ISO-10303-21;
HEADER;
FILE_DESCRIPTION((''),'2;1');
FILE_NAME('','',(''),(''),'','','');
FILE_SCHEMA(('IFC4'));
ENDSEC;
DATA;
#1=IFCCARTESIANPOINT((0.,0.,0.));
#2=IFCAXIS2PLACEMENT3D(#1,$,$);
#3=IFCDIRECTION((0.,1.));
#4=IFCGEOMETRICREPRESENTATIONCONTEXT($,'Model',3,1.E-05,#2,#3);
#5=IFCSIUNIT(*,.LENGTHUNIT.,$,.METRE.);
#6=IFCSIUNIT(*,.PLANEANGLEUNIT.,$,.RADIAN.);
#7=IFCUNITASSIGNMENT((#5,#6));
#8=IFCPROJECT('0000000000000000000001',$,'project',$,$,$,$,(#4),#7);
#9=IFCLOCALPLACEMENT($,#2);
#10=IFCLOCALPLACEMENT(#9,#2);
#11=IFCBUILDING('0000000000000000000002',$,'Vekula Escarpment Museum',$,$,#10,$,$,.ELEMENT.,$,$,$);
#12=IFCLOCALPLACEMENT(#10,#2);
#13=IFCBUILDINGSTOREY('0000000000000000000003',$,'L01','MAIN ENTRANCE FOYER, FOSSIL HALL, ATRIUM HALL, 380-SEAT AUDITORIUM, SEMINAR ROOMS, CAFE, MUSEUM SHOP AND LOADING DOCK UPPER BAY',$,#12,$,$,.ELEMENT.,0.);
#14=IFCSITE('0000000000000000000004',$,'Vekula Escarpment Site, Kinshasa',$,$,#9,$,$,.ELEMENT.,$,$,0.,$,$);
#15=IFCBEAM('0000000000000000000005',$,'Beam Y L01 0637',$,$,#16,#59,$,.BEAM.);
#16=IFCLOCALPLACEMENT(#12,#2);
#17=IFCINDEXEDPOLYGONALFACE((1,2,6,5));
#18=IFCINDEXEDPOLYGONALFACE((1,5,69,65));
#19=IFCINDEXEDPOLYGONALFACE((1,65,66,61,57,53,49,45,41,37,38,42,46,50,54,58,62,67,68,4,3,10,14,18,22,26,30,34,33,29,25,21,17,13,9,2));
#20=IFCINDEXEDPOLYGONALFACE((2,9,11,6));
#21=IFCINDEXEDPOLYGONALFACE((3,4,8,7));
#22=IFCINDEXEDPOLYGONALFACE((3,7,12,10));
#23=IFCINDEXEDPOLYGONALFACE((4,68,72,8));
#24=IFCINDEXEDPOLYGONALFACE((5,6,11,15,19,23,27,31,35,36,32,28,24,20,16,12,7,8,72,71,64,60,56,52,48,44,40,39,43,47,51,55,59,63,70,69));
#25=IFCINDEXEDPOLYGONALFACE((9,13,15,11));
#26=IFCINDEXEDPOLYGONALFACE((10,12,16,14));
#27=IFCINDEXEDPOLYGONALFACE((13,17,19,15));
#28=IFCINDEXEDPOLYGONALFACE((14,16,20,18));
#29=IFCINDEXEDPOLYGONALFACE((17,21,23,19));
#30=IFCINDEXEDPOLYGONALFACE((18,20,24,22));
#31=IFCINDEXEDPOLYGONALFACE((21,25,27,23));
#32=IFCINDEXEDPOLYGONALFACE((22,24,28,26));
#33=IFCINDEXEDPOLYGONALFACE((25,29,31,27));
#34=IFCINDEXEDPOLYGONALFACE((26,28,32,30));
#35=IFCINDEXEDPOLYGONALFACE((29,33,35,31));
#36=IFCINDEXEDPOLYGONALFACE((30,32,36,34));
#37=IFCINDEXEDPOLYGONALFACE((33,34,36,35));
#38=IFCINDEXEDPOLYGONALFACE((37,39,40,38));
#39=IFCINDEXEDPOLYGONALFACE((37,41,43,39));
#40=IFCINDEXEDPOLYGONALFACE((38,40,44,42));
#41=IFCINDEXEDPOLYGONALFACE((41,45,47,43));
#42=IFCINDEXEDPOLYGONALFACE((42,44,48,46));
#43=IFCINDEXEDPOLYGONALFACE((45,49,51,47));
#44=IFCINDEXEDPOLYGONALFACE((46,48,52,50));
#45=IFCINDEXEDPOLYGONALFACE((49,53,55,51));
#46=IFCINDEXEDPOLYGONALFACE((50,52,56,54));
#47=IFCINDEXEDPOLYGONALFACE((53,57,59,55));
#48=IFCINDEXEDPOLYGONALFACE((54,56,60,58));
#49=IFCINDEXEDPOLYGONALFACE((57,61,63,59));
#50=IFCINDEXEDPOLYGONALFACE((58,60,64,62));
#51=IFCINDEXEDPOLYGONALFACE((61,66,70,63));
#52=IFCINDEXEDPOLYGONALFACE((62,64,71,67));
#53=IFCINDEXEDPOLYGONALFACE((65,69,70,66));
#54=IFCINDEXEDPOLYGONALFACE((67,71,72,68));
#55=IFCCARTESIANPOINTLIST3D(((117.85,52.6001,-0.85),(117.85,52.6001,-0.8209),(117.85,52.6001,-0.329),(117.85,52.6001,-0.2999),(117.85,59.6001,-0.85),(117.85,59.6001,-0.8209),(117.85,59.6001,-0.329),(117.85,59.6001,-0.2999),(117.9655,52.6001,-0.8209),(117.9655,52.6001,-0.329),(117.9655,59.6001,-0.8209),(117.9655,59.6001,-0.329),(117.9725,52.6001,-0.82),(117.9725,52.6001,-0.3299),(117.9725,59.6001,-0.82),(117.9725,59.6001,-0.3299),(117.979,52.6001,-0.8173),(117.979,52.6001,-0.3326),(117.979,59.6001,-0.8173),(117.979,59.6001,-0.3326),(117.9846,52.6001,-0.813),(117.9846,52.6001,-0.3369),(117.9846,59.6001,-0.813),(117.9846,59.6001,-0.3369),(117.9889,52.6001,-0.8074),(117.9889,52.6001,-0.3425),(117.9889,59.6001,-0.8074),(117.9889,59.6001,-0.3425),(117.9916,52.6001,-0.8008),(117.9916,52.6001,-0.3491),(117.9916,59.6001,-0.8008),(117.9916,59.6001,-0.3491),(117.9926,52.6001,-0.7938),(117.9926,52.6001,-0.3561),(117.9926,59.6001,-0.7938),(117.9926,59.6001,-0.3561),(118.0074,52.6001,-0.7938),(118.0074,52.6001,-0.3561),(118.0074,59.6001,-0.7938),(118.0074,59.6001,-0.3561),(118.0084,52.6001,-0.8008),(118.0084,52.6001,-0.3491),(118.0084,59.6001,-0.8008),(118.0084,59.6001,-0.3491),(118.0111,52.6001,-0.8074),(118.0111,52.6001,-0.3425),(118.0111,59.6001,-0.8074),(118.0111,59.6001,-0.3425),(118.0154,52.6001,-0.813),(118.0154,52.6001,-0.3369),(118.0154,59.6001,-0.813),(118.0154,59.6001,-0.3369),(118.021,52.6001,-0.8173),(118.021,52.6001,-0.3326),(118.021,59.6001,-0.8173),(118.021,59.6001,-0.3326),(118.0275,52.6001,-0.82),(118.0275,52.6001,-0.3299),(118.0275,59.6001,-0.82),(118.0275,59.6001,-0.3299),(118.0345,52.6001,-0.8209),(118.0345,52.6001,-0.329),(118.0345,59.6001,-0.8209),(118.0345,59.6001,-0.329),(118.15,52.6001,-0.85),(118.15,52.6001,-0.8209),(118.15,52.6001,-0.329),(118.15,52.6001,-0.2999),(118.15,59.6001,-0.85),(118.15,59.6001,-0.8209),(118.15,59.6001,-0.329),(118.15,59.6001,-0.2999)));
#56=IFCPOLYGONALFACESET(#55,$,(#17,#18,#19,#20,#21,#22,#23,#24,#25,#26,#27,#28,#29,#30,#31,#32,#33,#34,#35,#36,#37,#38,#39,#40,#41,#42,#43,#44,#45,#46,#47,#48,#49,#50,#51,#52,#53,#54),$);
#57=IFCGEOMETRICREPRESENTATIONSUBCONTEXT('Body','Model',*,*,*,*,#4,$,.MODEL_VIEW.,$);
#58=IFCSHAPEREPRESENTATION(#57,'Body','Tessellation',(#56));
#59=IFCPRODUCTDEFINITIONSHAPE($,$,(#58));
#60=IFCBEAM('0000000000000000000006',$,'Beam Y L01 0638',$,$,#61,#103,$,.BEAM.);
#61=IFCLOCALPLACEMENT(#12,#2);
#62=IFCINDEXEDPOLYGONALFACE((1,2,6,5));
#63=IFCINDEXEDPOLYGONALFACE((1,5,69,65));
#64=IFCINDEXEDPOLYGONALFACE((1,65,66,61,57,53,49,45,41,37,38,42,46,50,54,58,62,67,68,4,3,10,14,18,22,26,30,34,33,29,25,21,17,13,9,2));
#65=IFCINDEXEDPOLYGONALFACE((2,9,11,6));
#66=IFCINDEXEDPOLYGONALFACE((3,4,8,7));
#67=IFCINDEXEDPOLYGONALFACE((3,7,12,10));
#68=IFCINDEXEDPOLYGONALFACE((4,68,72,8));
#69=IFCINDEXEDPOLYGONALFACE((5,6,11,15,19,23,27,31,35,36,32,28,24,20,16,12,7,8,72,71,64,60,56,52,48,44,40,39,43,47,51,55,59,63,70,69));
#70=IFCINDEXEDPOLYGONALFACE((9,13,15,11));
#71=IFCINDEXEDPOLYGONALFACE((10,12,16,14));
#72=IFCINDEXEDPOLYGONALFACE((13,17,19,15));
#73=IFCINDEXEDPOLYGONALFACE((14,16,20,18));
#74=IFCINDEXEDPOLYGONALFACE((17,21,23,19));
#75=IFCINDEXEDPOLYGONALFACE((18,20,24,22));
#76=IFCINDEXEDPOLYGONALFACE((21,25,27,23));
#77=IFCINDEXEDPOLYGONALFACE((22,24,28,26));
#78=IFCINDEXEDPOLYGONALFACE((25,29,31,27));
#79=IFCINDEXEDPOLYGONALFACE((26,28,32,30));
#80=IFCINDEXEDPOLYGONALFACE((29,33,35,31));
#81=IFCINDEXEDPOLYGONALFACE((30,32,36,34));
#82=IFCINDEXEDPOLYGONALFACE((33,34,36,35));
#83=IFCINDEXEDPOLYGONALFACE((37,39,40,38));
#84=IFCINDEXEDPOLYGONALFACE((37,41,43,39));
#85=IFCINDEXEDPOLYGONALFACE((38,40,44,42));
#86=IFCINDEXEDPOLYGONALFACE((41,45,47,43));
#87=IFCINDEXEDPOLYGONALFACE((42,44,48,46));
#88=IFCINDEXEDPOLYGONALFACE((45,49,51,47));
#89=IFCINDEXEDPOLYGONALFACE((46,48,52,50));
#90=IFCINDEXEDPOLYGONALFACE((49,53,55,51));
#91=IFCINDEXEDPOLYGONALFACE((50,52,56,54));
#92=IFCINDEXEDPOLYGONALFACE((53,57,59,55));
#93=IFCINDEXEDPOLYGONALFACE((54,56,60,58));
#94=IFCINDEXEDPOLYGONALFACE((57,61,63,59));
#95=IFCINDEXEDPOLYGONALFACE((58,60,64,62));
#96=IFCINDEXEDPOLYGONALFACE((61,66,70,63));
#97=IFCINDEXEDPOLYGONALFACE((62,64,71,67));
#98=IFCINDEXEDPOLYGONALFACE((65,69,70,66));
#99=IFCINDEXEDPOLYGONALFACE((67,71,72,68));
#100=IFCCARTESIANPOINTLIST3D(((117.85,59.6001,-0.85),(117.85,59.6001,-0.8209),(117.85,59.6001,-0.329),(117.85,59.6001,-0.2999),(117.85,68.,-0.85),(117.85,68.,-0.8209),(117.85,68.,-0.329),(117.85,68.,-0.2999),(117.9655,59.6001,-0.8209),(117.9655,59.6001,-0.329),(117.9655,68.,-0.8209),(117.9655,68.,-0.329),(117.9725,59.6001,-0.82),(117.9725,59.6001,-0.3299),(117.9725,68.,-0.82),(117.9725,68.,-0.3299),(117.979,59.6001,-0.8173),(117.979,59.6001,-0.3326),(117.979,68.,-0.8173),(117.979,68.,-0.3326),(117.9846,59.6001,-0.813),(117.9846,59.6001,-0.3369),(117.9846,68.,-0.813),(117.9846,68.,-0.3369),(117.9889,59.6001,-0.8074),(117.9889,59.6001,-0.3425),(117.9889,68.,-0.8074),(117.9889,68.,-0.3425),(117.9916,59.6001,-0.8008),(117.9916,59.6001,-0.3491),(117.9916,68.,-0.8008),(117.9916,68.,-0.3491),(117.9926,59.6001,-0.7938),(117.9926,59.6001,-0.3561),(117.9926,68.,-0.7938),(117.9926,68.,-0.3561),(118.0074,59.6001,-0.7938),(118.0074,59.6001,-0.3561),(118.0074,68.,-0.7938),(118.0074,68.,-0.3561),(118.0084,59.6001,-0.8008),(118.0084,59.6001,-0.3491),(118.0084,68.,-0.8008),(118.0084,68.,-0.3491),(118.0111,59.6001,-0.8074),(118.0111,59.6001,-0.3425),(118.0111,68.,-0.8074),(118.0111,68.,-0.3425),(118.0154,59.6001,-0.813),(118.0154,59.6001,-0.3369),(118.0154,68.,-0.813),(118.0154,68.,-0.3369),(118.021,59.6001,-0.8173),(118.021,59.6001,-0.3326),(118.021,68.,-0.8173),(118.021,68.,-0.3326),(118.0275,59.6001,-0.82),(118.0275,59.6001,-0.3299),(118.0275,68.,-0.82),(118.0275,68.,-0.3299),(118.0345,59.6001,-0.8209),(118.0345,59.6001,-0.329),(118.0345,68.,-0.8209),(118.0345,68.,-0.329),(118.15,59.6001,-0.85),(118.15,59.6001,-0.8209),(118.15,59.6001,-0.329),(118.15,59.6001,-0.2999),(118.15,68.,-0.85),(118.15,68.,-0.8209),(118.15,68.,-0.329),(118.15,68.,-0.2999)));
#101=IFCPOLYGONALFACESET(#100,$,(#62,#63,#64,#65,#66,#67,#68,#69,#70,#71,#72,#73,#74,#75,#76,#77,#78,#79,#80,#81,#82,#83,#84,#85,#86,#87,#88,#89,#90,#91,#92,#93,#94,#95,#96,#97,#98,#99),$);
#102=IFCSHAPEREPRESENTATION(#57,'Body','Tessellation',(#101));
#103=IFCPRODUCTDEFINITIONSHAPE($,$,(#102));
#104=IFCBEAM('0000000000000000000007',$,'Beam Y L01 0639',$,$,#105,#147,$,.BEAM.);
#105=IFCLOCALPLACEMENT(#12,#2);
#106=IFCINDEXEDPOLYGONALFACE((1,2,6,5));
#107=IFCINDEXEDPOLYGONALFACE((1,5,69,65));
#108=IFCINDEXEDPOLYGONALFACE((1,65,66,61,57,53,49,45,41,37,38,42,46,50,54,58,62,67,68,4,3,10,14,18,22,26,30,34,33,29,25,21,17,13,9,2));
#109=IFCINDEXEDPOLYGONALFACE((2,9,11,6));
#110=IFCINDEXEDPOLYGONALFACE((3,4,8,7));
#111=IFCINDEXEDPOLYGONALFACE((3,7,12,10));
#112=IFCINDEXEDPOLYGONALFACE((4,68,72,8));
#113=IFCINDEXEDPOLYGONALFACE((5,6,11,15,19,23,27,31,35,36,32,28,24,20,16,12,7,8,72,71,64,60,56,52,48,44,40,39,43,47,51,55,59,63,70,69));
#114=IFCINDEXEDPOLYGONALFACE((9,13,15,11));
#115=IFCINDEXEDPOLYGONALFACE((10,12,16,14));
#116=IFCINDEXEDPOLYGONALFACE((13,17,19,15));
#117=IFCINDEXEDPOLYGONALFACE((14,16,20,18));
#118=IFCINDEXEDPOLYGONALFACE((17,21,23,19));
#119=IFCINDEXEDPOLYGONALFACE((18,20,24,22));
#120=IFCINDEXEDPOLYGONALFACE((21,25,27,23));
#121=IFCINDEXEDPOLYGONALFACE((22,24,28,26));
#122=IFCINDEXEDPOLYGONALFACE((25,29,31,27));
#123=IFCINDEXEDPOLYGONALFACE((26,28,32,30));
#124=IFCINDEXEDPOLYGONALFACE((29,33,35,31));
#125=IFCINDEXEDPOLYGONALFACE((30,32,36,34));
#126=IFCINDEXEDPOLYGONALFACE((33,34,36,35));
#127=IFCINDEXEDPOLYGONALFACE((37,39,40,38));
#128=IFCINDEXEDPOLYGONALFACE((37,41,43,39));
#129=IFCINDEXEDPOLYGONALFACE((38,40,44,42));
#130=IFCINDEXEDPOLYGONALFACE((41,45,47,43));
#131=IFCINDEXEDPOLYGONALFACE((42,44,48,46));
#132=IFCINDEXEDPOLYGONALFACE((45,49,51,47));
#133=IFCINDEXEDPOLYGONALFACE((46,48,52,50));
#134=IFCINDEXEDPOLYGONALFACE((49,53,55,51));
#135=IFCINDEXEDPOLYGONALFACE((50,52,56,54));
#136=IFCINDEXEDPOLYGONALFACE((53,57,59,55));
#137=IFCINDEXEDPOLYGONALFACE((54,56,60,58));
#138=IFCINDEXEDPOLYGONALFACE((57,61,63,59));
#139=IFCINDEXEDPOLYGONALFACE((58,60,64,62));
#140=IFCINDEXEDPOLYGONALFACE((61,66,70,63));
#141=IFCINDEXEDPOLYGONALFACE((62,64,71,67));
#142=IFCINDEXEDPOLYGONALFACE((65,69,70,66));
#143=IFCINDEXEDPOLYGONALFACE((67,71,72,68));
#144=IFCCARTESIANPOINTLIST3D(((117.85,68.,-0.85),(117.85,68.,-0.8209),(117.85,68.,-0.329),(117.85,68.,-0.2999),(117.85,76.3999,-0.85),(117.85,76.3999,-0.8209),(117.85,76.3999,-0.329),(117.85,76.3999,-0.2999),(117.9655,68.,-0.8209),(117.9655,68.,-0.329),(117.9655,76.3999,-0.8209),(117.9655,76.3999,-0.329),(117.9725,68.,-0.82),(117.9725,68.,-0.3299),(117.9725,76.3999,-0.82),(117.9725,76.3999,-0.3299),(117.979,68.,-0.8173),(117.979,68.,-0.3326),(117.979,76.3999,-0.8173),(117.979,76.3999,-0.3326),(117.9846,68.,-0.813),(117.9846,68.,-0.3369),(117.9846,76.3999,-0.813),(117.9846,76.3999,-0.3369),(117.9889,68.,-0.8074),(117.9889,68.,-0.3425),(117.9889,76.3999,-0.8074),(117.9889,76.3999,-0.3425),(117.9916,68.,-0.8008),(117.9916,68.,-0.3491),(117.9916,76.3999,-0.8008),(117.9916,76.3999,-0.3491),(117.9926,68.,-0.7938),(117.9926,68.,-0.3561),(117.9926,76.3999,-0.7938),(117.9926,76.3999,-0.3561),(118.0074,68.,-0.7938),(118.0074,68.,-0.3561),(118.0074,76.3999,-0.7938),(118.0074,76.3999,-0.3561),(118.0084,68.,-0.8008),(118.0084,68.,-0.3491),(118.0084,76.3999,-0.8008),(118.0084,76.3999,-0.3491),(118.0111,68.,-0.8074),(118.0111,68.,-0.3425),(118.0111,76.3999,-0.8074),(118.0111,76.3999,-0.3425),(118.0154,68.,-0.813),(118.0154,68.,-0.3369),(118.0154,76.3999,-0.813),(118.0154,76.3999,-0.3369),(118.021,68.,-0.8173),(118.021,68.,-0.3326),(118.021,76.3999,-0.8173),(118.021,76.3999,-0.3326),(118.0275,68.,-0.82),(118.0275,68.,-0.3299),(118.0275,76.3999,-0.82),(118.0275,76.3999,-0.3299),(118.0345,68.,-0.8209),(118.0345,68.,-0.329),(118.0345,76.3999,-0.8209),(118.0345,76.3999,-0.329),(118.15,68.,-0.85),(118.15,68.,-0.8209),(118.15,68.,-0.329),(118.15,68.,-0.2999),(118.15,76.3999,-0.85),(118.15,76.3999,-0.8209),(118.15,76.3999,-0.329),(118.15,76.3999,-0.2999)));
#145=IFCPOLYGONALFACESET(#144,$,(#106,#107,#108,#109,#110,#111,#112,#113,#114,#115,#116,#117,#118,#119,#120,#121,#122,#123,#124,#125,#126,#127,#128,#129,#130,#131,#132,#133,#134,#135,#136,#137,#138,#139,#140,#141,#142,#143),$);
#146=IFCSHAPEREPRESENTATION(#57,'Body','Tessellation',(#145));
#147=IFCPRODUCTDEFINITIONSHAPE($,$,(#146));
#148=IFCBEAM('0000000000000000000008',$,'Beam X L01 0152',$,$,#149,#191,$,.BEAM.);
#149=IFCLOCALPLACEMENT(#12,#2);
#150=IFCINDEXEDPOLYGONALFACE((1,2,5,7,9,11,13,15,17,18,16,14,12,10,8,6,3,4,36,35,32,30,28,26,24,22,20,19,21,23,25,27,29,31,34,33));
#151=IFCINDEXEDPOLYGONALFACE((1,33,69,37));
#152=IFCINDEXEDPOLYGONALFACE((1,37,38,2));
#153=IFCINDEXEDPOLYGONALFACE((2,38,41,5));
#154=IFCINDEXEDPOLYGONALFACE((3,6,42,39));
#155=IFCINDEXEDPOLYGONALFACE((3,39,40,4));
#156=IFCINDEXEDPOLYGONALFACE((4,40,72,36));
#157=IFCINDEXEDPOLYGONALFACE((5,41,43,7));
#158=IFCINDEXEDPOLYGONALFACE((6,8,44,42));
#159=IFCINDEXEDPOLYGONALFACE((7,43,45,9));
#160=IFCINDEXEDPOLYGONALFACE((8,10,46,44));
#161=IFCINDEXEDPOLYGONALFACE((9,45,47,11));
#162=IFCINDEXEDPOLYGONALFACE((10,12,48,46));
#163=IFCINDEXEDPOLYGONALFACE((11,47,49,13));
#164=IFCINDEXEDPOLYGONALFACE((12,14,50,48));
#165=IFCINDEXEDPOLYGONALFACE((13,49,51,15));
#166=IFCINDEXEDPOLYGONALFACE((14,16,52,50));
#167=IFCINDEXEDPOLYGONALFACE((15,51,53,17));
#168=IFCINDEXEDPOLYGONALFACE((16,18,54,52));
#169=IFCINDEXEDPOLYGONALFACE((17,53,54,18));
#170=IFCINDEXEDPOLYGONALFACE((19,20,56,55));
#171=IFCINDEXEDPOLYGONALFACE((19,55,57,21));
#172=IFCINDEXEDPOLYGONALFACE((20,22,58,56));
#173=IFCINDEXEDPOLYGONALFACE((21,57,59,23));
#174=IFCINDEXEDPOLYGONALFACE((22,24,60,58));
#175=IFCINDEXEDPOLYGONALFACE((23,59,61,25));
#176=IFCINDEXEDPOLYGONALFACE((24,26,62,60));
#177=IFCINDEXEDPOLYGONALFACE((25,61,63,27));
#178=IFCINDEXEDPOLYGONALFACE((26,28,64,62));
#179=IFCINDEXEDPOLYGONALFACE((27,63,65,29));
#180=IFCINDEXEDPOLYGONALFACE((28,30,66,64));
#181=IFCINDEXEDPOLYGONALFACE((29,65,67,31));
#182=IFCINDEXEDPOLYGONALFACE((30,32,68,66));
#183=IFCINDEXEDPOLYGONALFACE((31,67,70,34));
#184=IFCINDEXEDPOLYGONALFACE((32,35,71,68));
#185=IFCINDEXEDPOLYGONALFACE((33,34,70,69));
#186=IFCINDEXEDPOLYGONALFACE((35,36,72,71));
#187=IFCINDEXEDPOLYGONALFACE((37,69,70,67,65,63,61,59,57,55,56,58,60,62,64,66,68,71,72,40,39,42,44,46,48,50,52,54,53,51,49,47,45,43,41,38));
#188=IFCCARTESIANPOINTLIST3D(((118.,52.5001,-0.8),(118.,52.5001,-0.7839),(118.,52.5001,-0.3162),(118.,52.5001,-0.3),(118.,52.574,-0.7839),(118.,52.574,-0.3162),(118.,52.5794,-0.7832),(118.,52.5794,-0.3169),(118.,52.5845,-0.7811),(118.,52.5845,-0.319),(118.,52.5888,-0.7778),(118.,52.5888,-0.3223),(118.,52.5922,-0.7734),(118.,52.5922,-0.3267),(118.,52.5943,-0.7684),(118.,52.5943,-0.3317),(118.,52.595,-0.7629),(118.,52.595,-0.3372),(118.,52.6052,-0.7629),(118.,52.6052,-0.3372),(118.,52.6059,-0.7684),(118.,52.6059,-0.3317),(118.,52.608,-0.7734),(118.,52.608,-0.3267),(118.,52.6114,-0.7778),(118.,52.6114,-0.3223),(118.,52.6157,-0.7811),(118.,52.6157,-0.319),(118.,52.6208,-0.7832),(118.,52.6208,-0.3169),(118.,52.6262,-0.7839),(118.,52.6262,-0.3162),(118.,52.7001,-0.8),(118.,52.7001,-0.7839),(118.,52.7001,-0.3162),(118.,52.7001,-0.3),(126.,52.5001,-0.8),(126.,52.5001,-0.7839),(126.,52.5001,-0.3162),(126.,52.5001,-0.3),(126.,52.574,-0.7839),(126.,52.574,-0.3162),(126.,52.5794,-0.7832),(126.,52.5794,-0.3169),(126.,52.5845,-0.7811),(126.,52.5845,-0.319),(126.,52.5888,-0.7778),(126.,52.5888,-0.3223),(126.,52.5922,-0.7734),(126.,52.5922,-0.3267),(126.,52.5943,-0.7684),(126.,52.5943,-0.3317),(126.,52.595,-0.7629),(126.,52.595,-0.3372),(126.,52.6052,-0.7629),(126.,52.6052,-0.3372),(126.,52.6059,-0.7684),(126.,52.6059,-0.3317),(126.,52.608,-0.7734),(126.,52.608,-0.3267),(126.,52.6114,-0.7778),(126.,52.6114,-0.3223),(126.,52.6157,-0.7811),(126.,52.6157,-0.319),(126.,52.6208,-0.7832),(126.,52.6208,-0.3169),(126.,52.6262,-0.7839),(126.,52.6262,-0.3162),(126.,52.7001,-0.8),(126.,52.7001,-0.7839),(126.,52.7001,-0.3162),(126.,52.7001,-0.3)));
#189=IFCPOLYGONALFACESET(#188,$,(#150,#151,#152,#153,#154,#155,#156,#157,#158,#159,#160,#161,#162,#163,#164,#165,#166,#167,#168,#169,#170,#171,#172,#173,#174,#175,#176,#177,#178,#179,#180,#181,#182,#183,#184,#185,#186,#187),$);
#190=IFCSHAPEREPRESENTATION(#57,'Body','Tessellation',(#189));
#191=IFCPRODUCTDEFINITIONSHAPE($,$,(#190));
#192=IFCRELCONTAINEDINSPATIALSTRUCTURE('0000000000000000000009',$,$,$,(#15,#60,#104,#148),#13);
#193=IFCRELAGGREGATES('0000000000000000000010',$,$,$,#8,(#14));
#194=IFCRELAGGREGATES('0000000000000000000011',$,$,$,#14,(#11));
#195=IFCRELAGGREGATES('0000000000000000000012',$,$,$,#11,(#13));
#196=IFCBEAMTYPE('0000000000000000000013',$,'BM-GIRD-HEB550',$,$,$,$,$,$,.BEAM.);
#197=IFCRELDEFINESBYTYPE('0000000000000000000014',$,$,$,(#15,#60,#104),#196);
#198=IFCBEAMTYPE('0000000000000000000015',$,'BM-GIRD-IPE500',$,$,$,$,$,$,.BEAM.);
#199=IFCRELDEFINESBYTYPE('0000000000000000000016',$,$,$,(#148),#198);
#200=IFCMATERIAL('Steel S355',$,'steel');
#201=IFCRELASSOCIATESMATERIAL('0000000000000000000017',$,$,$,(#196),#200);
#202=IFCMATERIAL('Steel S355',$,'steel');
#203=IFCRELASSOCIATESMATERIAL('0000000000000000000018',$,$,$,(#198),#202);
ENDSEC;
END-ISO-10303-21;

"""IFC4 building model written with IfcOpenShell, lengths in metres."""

from ifc_helpers import new_model, si_unit, direction, frame, origin, origin_2d, place, context, subcontext, project, spatial, i_section, extrude, material, material_profile, profile_set, type_object, element, save


model = new_model("IFC4")

# Units and contexts
model_context = context("Model", 3, precision=1e-05, world=origin(), true_north=direction((0.0, 1.0)))
body_context = subcontext(model_context, "Body", "Model", "MODEL_VIEW")
ifc_project = project(units=[si_unit("LENGTHUNIT", "METRE"), si_unit("PLANEANGLEUNIT", "RADIAN")], contexts=[model_context])

# Site, building, storey
site_placement = place(None, origin())
site = spatial("IfcSite", under=ifc_project, at=site_placement, Name="Vekula Escarpment Site, Kinshasa", CompositionType="ELEMENT", RefElevation=0.0)
building_placement = place(site_placement, origin())
building = spatial("IfcBuilding", under=site, at=building_placement, Name="Vekula Escarpment Museum", CompositionType="ELEMENT")
storey_placement = place(building_placement, origin())
storey = spatial("IfcBuildingStorey", under=building, at=storey_placement, Name="L01", Description="MAIN ENTRANCE FOYER, FOSSIL HALL, ATRIUM HALL, 380-SEAT AUDITORIUM, SEMINAR ROOMS, CAFE, MUSEUM SHOP AND LOADING DOCK UPPER BAY", CompositionType="ELEMENT", Elevation=0.0)

# Beams
ifc_material_1 = material(Name="Steel S355", Category="steel")
ifc_material_profile_1 = material_profile(ifc_material_1, i_section(OverallWidth=0.3, OverallDepth=0.55, WebThickness=0.0149, FlangeThickness=0.0291, FilletRadius=0.0271, at=origin_2d()), Name="HEB 550")
ifc_profile_set_1 = profile_set([ifc_material_profile_1], Name="Steel S355")
beam_type_1 = type_object("IfcBeamType", Name="BM-GIRD-HEB550", PredefinedType="BEAM", material=ifc_profile_set_1)
beam_1_placement = place(storey_placement, frame((118.0, 52.6001, -0.575), z_axis=(0.0, 1.0, 0.0), x_axis=(-1.0, 0.0, 0.0)))
element("IfcBeam", 1, at=beam_1_placement, inside=storey, type_object=beam_type_1, Name="Beam Y L01 0637", PredefinedType="BEAM", context=body_context, shape_type="SweptSolid", body=[
    extrude(i_section(OverallWidth=0.3, OverallDepth=0.55, WebThickness=0.0149, FlangeThickness=0.0291, FilletRadius=0.0271, at=origin_2d()), origin(), (0.0, 0.0, 1.0), 7.0),
])
for number, where, z_axis, x_axis, name in (
    (2, (118.0, 59.6001, -0.575), (0.0, 1.0, 0.0), (-1.0, 0.0, 0.0), "Beam Y L01 0638"),
    (3, (118.0, 68.0, -0.575), (0.0, 1.0, 0.0), (-1.0, 0.0, 0.0), "Beam Y L01 0639"),
):
    element("IfcBeam", number, at=place(storey_placement, frame(where, z_axis=z_axis, x_axis=x_axis)), inside=storey, type_object=beam_type_1, Name=name, PredefinedType="BEAM", context=body_context, shape_type="SweptSolid", body=[
        extrude(i_section(OverallWidth=0.3, OverallDepth=0.55, WebThickness=0.0149, FlangeThickness=0.0291, FilletRadius=0.0271, at=origin_2d()), origin(), (0.0, 0.0, 1.0), 8.3999),
    ])
ifc_material_2 = material(Name="Steel S355", Category="steel")
ifc_material_profile_2 = material_profile(ifc_material_2, i_section(OverallWidth=0.2, OverallDepth=0.5, WebThickness=0.0103, FlangeThickness=0.0161, FilletRadius=0.021, at=origin_2d()), Name="IPE 500")
ifc_profile_set_2 = profile_set([ifc_material_profile_2], Name="Steel S355")
beam_type_2 = type_object("IfcBeamType", Name="BM-GIRD-IPE500", PredefinedType="BEAM", material=ifc_profile_set_2)
beam_2_placement = place(storey_placement, frame((118.0, 52.6001, -0.55), z_axis=(1.0, 0.0, 0.0), x_axis=(0.0, 1.0, 0.0)))
element("IfcBeam", 4, at=beam_2_placement, inside=storey, type_object=beam_type_2, Name="Beam X L01 0152", PredefinedType="BEAM", context=body_context, shape_type="SweptSolid", body=[
    extrude(i_section(OverallWidth=0.2, OverallDepth=0.5, WebThickness=0.0103, FlangeThickness=0.0161, FilletRadius=0.021, at=origin_2d()), origin(), (0.0, 0.0, 1.0), 8.0),
])

save(model, "model.ifc")
